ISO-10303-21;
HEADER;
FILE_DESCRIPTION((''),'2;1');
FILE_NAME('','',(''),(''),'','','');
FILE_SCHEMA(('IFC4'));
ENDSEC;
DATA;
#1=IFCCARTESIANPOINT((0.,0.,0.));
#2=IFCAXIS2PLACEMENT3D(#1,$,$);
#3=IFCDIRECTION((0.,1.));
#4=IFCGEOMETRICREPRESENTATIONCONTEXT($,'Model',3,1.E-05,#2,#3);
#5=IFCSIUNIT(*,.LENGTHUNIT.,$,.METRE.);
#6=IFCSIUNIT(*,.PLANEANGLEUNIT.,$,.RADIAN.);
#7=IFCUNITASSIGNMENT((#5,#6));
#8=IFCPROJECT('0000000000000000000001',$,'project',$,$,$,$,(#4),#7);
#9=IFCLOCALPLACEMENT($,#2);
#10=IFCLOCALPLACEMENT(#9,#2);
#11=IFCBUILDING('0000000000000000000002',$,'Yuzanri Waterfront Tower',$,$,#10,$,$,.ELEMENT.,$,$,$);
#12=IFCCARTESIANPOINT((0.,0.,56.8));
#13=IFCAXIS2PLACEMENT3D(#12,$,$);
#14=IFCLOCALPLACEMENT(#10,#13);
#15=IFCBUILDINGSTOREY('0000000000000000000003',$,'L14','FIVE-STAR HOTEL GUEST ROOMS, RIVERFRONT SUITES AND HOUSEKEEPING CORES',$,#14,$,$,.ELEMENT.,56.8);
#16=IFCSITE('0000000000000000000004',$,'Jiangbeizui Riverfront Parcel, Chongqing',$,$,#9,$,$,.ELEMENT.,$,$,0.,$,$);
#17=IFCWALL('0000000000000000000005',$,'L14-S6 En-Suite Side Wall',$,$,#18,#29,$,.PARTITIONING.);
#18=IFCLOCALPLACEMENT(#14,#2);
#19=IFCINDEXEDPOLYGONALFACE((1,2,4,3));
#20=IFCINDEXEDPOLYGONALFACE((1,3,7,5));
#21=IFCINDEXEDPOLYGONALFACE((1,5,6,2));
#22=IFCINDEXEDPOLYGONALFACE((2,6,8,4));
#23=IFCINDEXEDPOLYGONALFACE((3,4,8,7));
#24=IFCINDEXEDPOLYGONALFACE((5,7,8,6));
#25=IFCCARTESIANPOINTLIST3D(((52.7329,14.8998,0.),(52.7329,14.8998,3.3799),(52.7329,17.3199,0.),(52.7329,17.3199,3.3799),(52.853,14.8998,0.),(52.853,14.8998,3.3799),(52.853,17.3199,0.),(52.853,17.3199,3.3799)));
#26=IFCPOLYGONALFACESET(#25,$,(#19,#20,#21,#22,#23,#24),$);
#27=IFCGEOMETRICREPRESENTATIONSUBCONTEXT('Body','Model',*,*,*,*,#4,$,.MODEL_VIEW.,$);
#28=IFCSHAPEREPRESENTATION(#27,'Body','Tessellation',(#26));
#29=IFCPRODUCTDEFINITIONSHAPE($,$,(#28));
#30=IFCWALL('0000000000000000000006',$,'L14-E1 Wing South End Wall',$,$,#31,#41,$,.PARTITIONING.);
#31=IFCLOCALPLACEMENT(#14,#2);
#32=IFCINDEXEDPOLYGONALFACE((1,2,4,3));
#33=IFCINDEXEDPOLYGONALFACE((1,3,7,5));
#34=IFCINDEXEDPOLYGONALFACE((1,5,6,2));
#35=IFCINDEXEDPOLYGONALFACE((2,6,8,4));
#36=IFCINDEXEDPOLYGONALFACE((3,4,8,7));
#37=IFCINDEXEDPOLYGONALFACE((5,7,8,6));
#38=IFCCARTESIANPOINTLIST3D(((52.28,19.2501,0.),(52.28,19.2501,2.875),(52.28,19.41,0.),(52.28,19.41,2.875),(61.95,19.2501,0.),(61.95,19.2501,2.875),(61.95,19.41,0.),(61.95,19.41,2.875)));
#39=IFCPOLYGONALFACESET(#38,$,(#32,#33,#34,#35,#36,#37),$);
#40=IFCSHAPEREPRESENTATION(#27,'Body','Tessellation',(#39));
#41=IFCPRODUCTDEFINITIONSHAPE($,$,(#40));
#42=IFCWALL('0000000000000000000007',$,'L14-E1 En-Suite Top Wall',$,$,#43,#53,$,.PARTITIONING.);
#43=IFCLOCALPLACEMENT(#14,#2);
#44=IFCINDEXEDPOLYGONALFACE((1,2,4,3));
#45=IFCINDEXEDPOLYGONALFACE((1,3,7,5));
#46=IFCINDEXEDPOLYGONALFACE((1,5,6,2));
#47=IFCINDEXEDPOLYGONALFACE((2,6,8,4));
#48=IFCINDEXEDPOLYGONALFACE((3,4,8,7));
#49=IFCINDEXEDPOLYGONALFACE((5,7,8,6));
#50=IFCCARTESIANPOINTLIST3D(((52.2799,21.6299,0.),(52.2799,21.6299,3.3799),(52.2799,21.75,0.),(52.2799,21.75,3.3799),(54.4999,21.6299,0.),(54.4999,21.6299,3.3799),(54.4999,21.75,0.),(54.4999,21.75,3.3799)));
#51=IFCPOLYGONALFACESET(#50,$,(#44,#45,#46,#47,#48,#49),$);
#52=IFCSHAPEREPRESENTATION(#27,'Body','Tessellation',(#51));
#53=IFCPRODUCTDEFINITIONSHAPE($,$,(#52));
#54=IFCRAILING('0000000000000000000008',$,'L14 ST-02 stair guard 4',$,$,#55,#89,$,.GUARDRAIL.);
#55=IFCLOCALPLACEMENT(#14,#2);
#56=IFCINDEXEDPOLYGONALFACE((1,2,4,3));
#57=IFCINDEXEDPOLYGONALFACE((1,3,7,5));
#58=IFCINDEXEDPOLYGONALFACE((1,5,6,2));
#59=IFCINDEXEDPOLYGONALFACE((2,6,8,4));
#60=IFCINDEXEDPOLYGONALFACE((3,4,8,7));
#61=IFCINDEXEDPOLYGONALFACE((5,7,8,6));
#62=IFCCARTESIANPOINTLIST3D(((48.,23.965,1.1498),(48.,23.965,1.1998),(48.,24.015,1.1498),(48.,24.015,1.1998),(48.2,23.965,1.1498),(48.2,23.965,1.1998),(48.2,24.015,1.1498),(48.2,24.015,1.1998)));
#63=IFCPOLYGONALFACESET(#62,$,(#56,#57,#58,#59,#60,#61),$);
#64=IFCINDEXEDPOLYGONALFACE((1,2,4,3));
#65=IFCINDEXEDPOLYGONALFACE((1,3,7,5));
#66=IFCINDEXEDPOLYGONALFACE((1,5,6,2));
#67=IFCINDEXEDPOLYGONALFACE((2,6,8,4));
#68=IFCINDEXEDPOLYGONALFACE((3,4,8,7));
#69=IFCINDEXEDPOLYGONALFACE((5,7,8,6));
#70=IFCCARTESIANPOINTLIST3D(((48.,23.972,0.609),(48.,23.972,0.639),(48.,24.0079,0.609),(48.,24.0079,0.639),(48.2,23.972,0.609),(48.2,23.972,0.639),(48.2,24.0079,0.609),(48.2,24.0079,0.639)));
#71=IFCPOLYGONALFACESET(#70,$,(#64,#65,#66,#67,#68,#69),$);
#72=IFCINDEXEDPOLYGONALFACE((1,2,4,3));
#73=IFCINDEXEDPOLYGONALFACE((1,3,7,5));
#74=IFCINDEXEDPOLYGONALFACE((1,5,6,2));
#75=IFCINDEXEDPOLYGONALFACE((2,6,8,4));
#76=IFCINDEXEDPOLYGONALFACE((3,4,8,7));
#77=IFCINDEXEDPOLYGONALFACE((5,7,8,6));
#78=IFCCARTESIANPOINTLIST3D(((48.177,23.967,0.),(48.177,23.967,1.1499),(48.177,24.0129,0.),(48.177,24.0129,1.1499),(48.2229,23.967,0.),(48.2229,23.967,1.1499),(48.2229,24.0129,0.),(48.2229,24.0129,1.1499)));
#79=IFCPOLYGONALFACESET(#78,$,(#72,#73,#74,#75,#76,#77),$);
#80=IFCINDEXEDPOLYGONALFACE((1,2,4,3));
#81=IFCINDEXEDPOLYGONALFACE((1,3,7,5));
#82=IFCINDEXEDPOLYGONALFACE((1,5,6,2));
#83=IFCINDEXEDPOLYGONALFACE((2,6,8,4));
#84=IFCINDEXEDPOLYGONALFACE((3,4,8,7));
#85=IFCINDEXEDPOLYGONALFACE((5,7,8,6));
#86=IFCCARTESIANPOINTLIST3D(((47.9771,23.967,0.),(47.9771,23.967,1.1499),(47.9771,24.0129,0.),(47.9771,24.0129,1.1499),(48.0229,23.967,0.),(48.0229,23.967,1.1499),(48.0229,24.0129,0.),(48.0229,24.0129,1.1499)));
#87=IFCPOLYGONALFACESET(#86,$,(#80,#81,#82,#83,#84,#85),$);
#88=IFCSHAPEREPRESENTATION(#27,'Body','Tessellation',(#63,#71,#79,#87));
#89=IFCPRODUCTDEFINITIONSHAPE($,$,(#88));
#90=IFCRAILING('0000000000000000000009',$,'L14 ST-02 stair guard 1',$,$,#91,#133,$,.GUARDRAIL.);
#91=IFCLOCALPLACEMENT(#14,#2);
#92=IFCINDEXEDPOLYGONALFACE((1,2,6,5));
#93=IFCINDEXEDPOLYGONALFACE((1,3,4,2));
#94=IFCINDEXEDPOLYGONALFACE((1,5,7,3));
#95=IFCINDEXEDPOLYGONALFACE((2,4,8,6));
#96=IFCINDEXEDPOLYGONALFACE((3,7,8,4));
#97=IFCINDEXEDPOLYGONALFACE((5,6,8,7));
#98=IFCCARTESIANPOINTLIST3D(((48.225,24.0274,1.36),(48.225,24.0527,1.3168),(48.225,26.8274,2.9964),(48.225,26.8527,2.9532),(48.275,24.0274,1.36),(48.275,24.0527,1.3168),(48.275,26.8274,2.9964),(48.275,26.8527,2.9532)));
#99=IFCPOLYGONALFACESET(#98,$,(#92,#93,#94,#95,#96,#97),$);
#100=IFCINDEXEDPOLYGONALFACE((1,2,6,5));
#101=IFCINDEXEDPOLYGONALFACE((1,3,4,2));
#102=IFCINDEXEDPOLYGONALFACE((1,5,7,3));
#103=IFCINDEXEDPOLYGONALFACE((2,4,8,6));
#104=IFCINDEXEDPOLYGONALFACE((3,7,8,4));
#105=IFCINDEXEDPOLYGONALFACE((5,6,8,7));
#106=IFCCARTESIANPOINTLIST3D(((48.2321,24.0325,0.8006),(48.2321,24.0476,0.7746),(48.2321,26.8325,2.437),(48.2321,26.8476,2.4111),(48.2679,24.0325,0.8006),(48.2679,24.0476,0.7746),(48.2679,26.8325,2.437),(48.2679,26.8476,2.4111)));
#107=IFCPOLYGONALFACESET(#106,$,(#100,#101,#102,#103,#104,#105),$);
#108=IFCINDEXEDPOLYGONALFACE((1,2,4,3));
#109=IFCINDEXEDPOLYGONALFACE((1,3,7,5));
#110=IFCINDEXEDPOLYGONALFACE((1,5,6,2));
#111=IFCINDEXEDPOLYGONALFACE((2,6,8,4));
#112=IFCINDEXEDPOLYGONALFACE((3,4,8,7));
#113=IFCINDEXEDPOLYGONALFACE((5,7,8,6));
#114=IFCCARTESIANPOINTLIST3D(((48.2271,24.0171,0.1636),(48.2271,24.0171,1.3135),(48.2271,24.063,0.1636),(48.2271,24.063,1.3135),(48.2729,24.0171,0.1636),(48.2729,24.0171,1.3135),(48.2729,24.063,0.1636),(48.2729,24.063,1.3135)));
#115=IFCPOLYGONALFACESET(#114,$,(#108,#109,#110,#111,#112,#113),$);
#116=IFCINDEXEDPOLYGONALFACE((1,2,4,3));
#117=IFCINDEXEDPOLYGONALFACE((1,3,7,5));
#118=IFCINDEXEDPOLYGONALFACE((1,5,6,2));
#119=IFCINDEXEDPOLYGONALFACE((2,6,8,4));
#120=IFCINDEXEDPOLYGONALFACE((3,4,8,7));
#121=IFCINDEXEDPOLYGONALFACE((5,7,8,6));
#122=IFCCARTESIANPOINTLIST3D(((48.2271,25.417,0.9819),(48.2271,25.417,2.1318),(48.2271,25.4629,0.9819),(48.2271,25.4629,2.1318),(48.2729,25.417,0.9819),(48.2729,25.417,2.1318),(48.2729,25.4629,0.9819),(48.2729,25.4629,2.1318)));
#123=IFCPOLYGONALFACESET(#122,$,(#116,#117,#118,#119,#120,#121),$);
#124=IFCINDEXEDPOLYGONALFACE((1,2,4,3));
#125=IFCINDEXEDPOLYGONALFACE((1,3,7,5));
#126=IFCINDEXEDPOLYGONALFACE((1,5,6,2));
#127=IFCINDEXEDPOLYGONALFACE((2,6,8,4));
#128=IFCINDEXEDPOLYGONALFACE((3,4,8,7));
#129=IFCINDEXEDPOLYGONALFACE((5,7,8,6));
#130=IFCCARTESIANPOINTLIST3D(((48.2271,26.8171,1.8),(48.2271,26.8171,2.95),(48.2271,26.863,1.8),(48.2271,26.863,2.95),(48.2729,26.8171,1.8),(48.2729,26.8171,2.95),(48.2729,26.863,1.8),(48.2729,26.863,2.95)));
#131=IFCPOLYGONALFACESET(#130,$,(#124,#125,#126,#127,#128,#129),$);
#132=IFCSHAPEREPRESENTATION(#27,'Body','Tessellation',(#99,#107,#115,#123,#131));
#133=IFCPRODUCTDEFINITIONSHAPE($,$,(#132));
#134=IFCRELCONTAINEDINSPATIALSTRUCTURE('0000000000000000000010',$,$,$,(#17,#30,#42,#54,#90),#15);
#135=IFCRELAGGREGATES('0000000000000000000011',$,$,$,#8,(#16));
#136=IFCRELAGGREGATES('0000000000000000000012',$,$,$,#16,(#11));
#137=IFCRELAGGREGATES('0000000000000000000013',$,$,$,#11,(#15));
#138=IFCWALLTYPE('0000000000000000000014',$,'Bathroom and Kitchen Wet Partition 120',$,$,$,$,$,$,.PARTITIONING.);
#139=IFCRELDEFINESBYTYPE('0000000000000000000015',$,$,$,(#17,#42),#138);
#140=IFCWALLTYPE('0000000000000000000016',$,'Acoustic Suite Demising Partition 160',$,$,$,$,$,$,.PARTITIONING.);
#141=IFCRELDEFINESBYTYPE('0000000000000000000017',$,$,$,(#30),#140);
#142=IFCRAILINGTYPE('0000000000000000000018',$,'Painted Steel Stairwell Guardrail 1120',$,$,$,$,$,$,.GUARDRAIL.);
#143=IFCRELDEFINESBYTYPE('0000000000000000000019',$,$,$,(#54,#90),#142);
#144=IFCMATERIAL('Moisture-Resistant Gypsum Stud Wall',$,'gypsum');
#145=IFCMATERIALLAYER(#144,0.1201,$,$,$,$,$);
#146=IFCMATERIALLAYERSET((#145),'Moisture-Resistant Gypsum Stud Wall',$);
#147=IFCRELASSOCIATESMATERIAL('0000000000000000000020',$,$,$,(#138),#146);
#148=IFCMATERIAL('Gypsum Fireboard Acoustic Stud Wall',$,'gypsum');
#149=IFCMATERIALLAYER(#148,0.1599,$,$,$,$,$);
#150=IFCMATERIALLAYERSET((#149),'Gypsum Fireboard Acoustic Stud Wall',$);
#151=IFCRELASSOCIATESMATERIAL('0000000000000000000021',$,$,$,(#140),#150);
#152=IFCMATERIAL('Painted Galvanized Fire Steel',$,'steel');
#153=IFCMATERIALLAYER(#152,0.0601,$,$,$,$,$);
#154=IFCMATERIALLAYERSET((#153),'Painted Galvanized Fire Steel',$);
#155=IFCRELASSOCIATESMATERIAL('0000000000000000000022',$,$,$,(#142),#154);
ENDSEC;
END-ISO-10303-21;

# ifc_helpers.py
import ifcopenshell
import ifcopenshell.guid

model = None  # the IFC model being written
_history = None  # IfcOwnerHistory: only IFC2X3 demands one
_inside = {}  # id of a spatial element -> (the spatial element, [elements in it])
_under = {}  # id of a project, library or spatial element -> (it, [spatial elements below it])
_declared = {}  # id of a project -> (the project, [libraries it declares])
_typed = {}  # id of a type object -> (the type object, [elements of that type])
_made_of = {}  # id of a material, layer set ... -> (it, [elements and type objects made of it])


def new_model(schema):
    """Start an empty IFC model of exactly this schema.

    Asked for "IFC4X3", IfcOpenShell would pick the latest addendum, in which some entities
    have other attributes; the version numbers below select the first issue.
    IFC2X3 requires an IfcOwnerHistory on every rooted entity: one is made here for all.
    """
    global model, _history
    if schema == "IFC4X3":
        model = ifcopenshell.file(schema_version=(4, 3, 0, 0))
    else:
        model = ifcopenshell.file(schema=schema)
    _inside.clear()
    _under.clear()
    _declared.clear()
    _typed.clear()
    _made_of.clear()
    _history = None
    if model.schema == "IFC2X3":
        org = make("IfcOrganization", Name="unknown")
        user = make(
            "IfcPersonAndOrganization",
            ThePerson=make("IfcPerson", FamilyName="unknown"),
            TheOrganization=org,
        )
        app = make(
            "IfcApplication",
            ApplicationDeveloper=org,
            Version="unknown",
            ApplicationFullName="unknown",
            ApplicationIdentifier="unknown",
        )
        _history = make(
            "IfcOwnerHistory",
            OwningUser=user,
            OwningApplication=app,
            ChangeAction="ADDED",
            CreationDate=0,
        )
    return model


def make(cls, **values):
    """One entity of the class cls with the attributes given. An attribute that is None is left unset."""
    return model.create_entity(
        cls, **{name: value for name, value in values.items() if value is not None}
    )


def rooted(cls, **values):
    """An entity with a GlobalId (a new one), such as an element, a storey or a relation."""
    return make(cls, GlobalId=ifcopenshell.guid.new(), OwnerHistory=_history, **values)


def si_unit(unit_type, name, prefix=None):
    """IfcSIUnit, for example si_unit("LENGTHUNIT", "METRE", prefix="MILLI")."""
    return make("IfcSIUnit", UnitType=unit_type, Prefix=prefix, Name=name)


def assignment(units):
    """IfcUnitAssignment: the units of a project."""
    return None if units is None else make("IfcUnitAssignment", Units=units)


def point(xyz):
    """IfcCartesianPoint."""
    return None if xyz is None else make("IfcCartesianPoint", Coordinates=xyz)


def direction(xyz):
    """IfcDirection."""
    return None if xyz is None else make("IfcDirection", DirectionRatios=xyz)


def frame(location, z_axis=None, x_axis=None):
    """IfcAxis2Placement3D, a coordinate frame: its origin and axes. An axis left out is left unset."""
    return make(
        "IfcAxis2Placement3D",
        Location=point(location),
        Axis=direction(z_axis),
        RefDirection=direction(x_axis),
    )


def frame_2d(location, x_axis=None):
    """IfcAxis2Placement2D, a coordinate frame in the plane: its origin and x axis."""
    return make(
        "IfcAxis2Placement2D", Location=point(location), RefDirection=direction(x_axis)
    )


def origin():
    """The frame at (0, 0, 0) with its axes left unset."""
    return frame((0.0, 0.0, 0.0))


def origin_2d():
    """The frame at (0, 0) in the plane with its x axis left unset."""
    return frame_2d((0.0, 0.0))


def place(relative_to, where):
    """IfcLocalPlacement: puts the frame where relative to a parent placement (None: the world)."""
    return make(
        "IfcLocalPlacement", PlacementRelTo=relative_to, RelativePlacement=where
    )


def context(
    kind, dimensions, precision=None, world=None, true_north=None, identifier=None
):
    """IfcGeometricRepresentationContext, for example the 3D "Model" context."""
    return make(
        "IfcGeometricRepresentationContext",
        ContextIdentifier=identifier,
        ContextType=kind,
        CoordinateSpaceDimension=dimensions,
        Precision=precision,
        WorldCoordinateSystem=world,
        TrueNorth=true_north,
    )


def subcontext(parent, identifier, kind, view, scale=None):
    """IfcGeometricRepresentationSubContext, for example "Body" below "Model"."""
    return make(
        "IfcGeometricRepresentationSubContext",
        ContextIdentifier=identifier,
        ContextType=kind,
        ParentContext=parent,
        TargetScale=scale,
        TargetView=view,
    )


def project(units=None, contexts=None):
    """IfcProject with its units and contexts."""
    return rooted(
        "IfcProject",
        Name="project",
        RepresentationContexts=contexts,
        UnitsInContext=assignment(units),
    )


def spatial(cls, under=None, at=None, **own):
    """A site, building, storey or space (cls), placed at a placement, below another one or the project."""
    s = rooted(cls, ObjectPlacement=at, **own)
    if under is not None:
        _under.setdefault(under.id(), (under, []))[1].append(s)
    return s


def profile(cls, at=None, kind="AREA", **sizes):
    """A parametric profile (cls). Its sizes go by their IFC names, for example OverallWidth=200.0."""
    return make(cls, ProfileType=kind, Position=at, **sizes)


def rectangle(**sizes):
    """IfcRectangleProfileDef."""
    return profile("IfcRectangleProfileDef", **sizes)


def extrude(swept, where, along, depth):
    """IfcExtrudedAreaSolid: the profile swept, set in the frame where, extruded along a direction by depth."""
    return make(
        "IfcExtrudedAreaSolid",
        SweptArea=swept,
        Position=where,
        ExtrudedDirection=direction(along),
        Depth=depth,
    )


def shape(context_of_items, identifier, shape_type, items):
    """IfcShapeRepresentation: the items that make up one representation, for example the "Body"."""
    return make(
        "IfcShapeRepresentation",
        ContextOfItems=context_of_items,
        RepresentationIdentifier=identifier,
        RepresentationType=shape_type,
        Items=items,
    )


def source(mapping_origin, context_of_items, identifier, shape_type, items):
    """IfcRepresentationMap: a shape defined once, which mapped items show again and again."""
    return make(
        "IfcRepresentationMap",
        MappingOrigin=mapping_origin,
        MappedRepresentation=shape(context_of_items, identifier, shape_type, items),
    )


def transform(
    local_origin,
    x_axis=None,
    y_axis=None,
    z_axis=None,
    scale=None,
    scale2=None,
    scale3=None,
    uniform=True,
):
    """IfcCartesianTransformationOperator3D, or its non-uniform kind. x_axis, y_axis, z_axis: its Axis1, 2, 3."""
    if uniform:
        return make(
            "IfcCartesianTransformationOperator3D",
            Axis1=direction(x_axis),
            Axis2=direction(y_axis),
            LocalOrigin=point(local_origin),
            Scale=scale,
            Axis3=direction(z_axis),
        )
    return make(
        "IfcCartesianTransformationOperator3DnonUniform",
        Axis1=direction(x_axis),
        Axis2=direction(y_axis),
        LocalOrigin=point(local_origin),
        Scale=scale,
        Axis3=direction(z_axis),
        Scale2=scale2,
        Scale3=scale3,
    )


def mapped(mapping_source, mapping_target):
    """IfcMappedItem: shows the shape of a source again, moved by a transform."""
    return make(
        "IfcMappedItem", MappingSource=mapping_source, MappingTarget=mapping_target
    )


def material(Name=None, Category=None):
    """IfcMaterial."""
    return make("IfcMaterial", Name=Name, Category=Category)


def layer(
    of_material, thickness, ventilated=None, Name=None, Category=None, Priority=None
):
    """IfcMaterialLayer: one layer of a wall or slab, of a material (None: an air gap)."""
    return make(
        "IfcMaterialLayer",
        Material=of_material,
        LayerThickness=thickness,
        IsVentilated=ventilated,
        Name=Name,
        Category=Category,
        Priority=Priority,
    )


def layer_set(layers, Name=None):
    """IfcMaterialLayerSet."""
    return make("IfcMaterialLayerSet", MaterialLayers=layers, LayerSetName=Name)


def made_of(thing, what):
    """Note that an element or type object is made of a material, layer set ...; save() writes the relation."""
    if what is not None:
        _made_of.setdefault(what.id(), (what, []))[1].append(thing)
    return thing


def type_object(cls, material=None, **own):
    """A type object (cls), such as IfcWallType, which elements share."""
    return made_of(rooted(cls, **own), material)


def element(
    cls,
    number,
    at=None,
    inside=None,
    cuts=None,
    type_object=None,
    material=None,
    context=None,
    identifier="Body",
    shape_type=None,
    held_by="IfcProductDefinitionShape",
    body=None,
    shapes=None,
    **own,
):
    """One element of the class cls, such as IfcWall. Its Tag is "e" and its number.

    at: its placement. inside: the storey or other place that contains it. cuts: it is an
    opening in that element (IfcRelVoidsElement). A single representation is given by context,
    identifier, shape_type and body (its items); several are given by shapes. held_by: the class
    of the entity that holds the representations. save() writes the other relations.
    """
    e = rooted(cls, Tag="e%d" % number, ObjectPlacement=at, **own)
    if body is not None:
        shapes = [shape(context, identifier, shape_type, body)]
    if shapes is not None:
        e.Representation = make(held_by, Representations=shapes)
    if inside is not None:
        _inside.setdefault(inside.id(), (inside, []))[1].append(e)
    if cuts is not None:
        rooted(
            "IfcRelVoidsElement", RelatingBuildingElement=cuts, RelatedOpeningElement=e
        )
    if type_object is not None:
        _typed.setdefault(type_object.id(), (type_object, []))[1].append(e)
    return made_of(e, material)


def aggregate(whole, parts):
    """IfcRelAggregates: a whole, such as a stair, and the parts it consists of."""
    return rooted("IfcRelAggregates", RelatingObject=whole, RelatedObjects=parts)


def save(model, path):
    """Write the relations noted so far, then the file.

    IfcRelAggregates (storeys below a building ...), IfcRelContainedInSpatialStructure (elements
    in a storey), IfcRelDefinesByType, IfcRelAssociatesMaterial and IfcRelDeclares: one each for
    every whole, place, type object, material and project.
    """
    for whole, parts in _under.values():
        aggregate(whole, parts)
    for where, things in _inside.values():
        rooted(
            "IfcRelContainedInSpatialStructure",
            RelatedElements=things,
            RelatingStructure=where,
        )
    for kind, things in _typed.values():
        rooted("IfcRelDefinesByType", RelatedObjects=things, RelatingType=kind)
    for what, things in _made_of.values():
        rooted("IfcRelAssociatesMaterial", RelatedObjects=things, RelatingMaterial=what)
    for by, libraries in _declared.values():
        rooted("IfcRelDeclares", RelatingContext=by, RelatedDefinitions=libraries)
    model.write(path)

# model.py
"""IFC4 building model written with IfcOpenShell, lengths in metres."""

from ifc_helpers import new_model, si_unit, direction, frame, frame_2d, origin, origin_2d, place, context, subcontext, project, spatial, rectangle, extrude, source, transform, mapped, material, layer, layer_set, type_object, element, save


model = new_model("IFC4")

# Units and contexts
model_context = context("Model", 3, precision=1e-05, world=origin(), true_north=direction((0.0, 1.0)))
body_context = subcontext(model_context, "Body", "Model", "MODEL_VIEW")
ifc_project = project(units=[si_unit("LENGTHUNIT", "METRE"), si_unit("PLANEANGLEUNIT", "RADIAN")], contexts=[model_context])

# Site, building, storey
site_placement = place(None, origin())
site = spatial("IfcSite", under=ifc_project, at=site_placement, Name="Jiangbeizui Riverfront Parcel, Chongqing", CompositionType="ELEMENT", RefElevation=0.0)
building_placement = place(site_placement, origin())
building = spatial("IfcBuilding", under=site, at=building_placement, Name="Yuzanri Waterfront Tower", CompositionType="ELEMENT")
storey_placement = place(building_placement, frame((0.0, 0.0, 56.8)))
storey = spatial("IfcBuildingStorey", under=building, at=storey_placement, Name="L14", Description="FIVE-STAR HOTEL GUEST ROOMS, RIVERFRONT SUITES AND HOUSEKEEPING CORES", CompositionType="ELEMENT", Elevation=56.8)

# Shared definitions
ifc_material_1 = material(Name="Moisture-Resistant Gypsum Stud Wall", Category="gypsum")
ifc_layer_1 = layer(ifc_material_1, 0.1201)
ifc_layer_set_1 = layer_set([ifc_layer_1], Name="Moisture-Resistant Gypsum Stud Wall")
wall_type_1 = type_object("IfcWallType", Name="Bathroom and Kitchen Wet Partition 120", PredefinedType="PARTITIONING", material=ifc_layer_set_1)

# Walls
shared_shape_1 = source(origin(), body_context, "Body", "SweptSolid", [
    extrude(rectangle(XDim=2.4202, YDim=0.1201, at=frame_2d((1.21, 0.0))), origin(), (0.0, 0.0, 1.0), 3.3799),
])
for number, where, z_axis, x_axis, name in (
    (1, (52.793, 14.8999, 0.0), (0.0, 0.0, 1.0), (0.0, 1.0, 0.0), "L14-S6 En-Suite Side Wall"),
):
    element("IfcWall", number, at=place(storey_placement, frame(where, z_axis=z_axis, x_axis=x_axis)), inside=storey, type_object=wall_type_1, Name=name, PredefinedType="PARTITIONING", context=body_context, shape_type="MappedRepresentation", body=[
        mapped(shared_shape_1, transform((0.0, 0.0, 0.0), scale=1.0)),
    ])
ifc_material_2 = material(Name="Gypsum Fireboard Acoustic Stud Wall", Category="gypsum")
ifc_layer_2 = layer(ifc_material_2, 0.1599)
ifc_layer_set_2 = layer_set([ifc_layer_2], Name="Gypsum Fireboard Acoustic Stud Wall")
wall_type_2 = type_object("IfcWallType", Name="Acoustic Suite Demising Partition 160", PredefinedType="PARTITIONING", material=ifc_layer_set_2)
shared_shape_2 = source(origin(), body_context, "Body", "SweptSolid", [
    extrude(rectangle(XDim=9.6699, YDim=0.1599, at=frame_2d((4.835, 0.0))), origin(), (0.0, 0.0, 1.0), 2.875),
])
wall_1_placement = place(storey_placement, frame((52.28, 19.3301, 0.0), z_axis=(0.0, 0.0, 1.0), x_axis=(1.0, 0.0, 0.0)))
element("IfcWall", 2, at=wall_1_placement, inside=storey, type_object=wall_type_2, Name="L14-E1 Wing South End Wall", PredefinedType="PARTITIONING", context=body_context, shape_type="MappedRepresentation", body=[
    mapped(shared_shape_2, transform((0.0, 0.0, 0.0), scale=1.0)),
])
shared_shape_3 = source(origin(), body_context, "Body", "SweptSolid", [
    extrude(rectangle(XDim=2.22, YDim=0.1201, at=frame_2d((1.1099, 0.0))), origin(), (0.0, 0.0, 1.0), 3.3799),
])
wall_2_placement = place(storey_placement, frame((52.28, 21.6899, 0.0), z_axis=(0.0, 0.0, 1.0), x_axis=(1.0, 0.0, 0.0)))
element("IfcWall", 3, at=wall_2_placement, inside=storey, type_object=wall_type_1, Name="L14-E1 En-Suite Top Wall", PredefinedType="PARTITIONING", context=body_context, shape_type="MappedRepresentation", body=[
    mapped(shared_shape_3, transform((0.0, 0.0, 0.0), scale=1.0)),
])

# Railings
ifc_material_3 = material(Name="Painted Galvanized Fire Steel", Category="steel")
ifc_layer_3 = layer(ifc_material_3, 0.0601)
ifc_layer_set_3 = layer_set([ifc_layer_3], Name="Painted Galvanized Fire Steel")
railing_type = type_object("IfcRailingType", Name="Painted Steel Stairwell Guardrail 1120", PredefinedType="GUARDRAIL", material=ifc_layer_set_3)
shared_shape_4 = source(origin(), body_context, "Body", "SweptSolid", [
    extrude(rectangle(XDim=0.05, YDim=0.05, at=origin_2d()), frame((0.0, 0.0, 1.1748), z_axis=(-1.0, 0.0, 0.0), x_axis=(0.0, -1.0, 0.0)), (0.0, 0.0, 1.0), 0.2),
    extrude(rectangle(XDim=0.0359, YDim=0.03, at=origin_2d()), frame((0.0, 0.0, 0.624), z_axis=(-1.0, 0.0, 0.0), x_axis=(0.0, -1.0, 0.0)), (0.0, 0.0, 1.0), 0.2),
    extrude(rectangle(XDim=0.0459, YDim=0.0459, at=origin_2d()), origin(), (0.0, 0.0, 1.0), 1.1499),
    extrude(rectangle(XDim=0.0459, YDim=0.0459, at=origin_2d()), frame((-0.2, 0.0, 0.0)), (0.0, 0.0, 1.0), 1.1499),
])
railing_1_placement = place(storey_placement, frame((48.2, 23.99, 0.0)))
element("IfcRailing", 4, at=railing_1_placement, inside=storey, type_object=railing_type, Name="L14 ST-02 stair guard 4", PredefinedType="GUARDRAIL", context=body_context, shape_type="MappedRepresentation", body=[
    mapped(shared_shape_4, transform((0.0, 0.0, 0.0), scale=1.0)),
])
shared_shape_5 = source(origin(), body_context, "Body", "SweptSolid", [
    extrude(rectangle(XDim=0.05, YDim=0.05, at=origin_2d()), frame((0.0, 0.0, 1.1748), z_axis=(0.0, 0.863361, 0.504587), x_axis=(-1.0, 0.0, 0.0)), (0.0, 0.0, 1.0), 3.2432),
    extrude(rectangle(XDim=0.0359, YDim=0.03, at=origin_2d()), frame((0.0, 0.0, 0.624), z_axis=(0.0, 0.863361, 0.504587), x_axis=(-1.0, 0.0, 0.0)), (0.0, 0.0, 1.0), 3.2432),
    extrude(rectangle(XDim=0.0459, YDim=0.0459, at=origin_2d()), origin(), (0.0, 0.0, 1.0), 1.1499),
    extrude(rectangle(XDim=0.0459, YDim=0.0459, at=origin_2d()), frame((0.0, 1.3999, 0.8184)), (0.0, 0.0, 1.0), 1.1499),
    extrude(rectangle(XDim=0.0459, YDim=0.0459, at=origin_2d()), frame((0.0, 2.8, 1.6365)), (0.0, 0.0, 1.0), 1.1499),
])
railing_2_placement = place(storey_placement, frame((48.25, 24.04, 0.1636)))
element("IfcRailing", 5, at=railing_2_placement, inside=storey, type_object=railing_type, Name="L14 ST-02 stair guard 1", PredefinedType="GUARDRAIL", context=body_context, shape_type="MappedRepresentation", body=[
    mapped(shared_shape_5, transform((0.0, 0.0, 0.0), scale=1.0)),
])

save(model, "model.ifc")
